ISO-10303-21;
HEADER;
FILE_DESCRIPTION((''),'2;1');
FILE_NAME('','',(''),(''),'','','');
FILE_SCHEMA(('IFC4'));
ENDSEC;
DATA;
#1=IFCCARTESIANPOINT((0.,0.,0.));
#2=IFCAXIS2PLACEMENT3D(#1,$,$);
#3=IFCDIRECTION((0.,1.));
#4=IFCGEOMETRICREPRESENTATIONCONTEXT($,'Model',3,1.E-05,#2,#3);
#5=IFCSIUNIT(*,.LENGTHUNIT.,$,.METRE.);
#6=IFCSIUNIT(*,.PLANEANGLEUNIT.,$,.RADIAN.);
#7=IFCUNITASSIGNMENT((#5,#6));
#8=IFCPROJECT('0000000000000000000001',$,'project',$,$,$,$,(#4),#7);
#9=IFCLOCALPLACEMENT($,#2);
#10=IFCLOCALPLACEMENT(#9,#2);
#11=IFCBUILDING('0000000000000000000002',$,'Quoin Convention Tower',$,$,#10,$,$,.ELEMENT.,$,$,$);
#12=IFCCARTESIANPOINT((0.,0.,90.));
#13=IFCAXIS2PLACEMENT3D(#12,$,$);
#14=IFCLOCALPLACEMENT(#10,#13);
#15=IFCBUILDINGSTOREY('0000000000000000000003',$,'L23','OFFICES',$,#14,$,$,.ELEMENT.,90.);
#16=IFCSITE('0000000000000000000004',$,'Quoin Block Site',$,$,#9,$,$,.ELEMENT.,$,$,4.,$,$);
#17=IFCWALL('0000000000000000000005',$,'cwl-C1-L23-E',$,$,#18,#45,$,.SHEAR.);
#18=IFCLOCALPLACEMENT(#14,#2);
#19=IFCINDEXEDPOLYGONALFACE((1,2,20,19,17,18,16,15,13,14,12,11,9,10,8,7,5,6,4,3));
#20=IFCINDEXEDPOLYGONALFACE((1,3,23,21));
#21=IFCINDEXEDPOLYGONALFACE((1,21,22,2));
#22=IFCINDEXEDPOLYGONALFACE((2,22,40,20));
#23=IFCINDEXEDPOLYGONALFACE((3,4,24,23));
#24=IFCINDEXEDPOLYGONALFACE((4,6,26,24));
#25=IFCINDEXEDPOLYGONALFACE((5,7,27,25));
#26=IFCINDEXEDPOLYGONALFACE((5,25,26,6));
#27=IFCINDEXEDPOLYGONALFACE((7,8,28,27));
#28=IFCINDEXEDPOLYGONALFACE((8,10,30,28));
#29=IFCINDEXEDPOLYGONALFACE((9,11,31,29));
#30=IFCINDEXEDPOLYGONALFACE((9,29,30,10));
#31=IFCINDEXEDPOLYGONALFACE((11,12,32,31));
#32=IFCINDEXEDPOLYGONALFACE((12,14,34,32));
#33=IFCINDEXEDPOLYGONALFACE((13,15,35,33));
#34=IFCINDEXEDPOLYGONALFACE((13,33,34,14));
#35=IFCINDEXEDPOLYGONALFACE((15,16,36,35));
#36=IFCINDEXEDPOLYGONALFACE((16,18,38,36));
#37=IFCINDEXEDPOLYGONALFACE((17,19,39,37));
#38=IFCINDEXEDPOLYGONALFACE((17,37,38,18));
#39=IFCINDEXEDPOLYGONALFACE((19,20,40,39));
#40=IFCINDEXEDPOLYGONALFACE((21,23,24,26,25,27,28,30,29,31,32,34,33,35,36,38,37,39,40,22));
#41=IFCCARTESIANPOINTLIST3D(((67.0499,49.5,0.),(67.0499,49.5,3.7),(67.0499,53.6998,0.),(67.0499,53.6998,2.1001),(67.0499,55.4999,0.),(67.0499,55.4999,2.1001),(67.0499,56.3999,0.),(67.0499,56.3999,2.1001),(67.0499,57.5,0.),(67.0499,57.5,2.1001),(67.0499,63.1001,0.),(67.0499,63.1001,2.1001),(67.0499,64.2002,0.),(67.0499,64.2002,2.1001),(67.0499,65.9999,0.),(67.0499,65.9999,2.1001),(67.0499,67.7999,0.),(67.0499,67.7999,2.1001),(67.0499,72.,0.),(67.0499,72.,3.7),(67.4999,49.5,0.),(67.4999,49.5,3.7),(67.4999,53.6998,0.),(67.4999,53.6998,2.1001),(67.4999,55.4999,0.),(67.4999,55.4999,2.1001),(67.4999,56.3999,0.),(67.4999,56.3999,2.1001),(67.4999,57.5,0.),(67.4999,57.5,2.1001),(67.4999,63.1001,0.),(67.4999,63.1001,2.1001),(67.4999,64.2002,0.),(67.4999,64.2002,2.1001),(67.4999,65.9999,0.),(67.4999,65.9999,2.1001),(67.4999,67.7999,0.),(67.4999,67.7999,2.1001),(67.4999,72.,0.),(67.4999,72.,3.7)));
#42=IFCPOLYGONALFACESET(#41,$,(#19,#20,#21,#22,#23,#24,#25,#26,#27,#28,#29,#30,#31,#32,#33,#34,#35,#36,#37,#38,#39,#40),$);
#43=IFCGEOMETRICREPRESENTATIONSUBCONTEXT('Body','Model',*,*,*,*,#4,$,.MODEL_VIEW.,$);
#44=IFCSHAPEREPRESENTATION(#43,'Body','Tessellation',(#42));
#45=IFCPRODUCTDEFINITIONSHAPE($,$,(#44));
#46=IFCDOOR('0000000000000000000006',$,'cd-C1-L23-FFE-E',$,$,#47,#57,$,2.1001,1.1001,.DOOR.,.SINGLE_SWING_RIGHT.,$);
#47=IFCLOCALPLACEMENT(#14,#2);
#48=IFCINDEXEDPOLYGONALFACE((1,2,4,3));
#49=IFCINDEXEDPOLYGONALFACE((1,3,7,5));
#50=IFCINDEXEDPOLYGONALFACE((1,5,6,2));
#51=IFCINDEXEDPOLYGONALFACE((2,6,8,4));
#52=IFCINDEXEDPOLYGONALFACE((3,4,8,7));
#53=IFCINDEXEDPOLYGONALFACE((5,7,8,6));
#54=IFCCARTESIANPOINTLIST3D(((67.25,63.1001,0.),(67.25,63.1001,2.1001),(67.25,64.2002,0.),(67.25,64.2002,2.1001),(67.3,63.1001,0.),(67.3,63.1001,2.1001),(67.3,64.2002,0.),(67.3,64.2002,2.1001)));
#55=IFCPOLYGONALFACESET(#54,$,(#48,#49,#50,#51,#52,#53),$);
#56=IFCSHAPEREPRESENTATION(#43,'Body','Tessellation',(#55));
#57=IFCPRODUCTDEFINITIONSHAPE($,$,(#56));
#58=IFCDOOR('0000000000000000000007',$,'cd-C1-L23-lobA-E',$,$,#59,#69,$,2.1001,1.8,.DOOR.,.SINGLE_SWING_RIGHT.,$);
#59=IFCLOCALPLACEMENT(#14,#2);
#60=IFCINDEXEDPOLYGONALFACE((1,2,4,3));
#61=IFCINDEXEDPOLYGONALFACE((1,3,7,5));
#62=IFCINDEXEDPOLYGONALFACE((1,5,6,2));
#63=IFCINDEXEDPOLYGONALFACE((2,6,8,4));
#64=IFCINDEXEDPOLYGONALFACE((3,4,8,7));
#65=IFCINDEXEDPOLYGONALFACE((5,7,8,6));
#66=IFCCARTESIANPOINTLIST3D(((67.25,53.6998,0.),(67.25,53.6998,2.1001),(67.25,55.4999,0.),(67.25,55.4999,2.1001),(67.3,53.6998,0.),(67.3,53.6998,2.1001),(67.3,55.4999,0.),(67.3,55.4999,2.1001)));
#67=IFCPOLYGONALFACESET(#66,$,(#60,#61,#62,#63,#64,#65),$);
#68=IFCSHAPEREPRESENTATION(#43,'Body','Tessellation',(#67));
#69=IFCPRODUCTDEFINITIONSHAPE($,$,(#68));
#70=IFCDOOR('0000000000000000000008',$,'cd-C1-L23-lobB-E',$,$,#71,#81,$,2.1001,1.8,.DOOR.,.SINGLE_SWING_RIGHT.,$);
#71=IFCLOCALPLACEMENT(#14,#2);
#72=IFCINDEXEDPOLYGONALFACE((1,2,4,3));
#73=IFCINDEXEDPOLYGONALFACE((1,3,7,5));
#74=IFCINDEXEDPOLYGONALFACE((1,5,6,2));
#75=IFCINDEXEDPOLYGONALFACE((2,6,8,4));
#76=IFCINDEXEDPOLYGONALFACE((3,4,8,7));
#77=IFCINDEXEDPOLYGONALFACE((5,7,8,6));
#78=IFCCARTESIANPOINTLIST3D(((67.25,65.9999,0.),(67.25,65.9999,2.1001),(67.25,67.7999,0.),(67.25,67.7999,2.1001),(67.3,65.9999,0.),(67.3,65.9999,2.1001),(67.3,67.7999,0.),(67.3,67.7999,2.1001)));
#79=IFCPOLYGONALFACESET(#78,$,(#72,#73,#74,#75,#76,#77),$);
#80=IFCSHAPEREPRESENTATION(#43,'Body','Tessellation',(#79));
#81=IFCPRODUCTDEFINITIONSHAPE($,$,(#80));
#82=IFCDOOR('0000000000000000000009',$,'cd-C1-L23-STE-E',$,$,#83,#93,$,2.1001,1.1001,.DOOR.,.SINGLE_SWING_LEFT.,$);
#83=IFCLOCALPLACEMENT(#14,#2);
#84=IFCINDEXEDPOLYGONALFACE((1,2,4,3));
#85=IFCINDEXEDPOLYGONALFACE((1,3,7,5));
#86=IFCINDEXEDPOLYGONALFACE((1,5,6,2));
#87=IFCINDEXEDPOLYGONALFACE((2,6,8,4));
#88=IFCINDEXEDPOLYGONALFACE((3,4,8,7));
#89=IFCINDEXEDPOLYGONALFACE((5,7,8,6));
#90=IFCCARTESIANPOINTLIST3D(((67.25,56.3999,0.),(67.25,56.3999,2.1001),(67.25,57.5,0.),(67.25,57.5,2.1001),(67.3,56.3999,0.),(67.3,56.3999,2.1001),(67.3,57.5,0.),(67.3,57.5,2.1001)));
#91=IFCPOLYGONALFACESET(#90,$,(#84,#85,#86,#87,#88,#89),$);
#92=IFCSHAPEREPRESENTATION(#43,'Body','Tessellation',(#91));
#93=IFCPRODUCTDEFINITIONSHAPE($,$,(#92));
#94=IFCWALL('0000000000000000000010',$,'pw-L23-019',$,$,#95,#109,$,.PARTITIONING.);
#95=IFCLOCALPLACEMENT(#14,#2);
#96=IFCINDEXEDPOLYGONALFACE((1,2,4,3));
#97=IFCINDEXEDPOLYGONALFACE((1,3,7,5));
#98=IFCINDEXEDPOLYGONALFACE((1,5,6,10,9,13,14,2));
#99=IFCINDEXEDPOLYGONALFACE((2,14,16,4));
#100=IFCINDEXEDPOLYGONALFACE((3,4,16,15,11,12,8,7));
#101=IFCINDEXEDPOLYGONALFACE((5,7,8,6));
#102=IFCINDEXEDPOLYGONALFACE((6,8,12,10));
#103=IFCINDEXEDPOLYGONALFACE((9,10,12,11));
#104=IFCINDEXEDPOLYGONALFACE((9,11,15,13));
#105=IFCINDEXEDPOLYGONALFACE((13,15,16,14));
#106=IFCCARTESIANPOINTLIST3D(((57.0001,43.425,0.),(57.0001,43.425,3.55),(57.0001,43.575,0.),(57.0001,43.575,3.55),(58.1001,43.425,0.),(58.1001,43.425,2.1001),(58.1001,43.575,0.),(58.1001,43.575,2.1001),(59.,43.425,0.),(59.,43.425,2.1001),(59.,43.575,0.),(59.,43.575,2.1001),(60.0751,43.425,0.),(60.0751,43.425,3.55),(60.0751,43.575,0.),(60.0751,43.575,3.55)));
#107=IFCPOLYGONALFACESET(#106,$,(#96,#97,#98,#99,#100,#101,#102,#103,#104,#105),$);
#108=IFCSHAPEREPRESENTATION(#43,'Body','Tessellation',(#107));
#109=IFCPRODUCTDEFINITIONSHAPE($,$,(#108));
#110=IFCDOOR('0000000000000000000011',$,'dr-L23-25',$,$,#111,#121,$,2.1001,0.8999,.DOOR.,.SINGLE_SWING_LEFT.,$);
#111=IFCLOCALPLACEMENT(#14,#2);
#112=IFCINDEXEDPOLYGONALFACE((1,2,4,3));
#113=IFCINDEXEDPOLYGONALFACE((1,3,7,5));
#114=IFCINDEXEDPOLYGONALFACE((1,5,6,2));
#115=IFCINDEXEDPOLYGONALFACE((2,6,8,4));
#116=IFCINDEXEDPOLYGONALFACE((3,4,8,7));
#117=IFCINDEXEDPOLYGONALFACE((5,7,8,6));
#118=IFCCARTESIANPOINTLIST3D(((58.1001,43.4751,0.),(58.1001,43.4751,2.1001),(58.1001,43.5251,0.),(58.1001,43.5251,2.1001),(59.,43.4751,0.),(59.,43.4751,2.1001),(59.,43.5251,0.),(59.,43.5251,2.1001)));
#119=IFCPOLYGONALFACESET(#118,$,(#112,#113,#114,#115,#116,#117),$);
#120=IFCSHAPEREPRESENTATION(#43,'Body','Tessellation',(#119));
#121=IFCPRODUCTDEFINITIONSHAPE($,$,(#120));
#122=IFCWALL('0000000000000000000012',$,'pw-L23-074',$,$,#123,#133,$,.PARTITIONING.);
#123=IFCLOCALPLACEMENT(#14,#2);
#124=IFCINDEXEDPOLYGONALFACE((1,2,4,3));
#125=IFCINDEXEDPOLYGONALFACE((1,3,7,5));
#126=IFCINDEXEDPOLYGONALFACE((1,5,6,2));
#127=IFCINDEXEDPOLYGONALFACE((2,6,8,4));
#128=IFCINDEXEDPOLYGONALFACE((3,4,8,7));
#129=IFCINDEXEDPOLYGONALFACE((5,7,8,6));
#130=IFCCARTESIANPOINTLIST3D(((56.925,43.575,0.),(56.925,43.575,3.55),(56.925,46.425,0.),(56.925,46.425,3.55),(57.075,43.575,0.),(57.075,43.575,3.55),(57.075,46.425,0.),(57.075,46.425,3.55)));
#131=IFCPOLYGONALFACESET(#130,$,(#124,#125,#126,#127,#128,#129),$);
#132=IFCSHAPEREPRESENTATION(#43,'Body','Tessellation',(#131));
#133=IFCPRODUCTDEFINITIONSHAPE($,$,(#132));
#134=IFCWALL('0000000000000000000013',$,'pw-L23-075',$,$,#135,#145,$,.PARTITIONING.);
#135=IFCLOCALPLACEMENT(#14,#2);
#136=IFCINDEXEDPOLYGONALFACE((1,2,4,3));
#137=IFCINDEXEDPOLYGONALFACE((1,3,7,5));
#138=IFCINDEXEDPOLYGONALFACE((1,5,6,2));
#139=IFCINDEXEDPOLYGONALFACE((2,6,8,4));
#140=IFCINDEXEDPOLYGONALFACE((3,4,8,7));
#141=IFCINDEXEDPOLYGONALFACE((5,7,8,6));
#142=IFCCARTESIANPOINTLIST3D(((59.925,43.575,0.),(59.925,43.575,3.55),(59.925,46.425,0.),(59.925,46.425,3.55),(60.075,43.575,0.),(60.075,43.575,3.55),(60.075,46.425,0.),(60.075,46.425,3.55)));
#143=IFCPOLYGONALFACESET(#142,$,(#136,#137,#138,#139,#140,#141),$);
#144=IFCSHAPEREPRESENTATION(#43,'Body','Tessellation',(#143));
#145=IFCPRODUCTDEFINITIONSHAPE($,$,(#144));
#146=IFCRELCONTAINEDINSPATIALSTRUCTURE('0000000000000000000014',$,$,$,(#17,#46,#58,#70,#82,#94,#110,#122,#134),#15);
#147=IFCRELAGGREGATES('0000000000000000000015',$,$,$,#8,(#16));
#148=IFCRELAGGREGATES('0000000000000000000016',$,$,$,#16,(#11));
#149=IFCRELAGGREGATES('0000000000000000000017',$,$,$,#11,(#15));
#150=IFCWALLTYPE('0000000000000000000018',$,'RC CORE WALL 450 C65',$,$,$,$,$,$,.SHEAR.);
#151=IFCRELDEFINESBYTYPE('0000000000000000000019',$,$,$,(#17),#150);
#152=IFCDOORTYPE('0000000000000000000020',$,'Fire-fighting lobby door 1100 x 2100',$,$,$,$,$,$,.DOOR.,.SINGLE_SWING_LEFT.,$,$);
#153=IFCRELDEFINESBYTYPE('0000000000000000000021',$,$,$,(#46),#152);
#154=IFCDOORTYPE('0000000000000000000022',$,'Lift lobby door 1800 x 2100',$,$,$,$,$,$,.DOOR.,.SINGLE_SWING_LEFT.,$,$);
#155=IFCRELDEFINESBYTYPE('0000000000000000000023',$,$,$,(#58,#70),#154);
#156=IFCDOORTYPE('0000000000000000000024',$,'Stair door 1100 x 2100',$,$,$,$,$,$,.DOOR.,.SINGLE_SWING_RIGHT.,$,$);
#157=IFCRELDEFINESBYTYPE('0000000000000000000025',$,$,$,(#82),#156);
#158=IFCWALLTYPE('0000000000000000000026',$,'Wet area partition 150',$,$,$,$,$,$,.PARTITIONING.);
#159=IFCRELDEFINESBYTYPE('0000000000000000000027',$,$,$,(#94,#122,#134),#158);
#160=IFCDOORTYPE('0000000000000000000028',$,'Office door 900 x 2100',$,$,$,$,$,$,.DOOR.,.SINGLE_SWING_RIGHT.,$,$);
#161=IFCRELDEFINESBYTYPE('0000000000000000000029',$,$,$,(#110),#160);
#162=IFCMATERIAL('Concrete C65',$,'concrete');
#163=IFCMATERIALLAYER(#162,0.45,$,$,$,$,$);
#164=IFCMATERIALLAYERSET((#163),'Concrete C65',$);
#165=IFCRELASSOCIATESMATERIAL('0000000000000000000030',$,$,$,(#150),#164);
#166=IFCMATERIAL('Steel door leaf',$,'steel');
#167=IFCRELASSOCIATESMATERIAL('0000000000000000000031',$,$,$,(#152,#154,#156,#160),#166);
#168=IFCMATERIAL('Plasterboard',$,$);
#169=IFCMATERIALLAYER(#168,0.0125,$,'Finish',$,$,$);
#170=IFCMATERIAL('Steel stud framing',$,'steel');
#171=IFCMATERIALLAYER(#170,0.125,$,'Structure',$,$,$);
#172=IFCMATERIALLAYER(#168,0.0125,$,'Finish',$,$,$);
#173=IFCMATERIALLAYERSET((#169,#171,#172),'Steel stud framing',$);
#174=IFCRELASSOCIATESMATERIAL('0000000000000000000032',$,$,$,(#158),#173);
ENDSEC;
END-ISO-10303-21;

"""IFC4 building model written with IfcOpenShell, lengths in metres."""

from ifc_helpers import new_model, si_unit, direction, frame, frame_2d, origin, place, context, subcontext, project, spatial, rectangle, extrude, material, layer, layer_set, type_object, element, fill, save


model = new_model("IFC4")

# Units and contexts
model_context = context("Model", 3, precision=1e-05, world=origin(), true_north=direction((0.0, 1.0)))
body_context = subcontext(model_context, "Body", "Model", "MODEL_VIEW")
ifc_project = project(units=[si_unit("LENGTHUNIT", "METRE"), si_unit("PLANEANGLEUNIT", "RADIAN")], contexts=[model_context])

# Site, building, storey
site_placement = place(None, origin())
site = spatial("IfcSite", under=ifc_project, at=site_placement, Name="Quoin Block Site", CompositionType="ELEMENT", RefElevation=4.0)
building_placement = place(site_placement, origin())
building = spatial("IfcBuilding", under=site, at=building_placement, Name="Quoin Convention Tower", CompositionType="ELEMENT")
storey_placement = place(building_placement, frame((0.0, 0.0, 90.0)))
storey = spatial("IfcBuildingStorey", under=building, at=storey_placement, Name="L23", Description="OFFICES", CompositionType="ELEMENT", Elevation=90.0)

# Shared definitions
ifc_material_1 = material(Name="Plasterboard")
ifc_material_2 = material(Name="Steel stud framing", Category="steel")

# Wall, openings, doors
ifc_material_3 = material(Name="Concrete C65", Category="concrete")
ifc_layer_1 = layer(ifc_material_3, 0.45)
ifc_layer_set_1 = layer_set([ifc_layer_1], Name="Concrete C65")
wall_type_1 = type_object("IfcWallType", Name="RC CORE WALL 450 C65", PredefinedType="SHEAR", material=ifc_layer_set_1)
wall_1_placement = place(storey_placement, frame((67.2749, 49.5, 0.0), z_axis=(0.0, 0.0, 1.0), x_axis=(0.0, 1.0, 0.0)))
wall_1 = element("IfcWall", 1, at=wall_1_placement, inside=storey, type_object=wall_type_1, Name="cwl-C1-L23-E", PredefinedType="SHEAR", context=body_context, shape_type="SweptSolid", body=[
    extrude(rectangle(XDim=22.5, YDim=0.45, at=frame_2d((11.25, 0.0))), origin(), (0.0, 0.0, 1.0), 3.7),
])
opening_1_placement = place(wall_1_placement, frame((4.2, 0.0, 0.0)))
opening_1 = element("IfcOpeningElement", 2, at=opening_1_placement, cuts=wall_1, PredefinedType="OPENING", context=body_context, shape_type="SweptSolid", body=[
    extrude(rectangle(XDim=1.8, YDim=2.1001, at=frame_2d((0.8999, 1.05))), frame((0.0, 0.2349, 0.0), z_axis=(0.0, -1.0, 0.0), x_axis=(1.0, 0.0, 0.0)), (0.0, 0.0, 1.0), 0.47),
])
opening_2_placement = place(wall_1_placement, frame((6.8999, 0.0, 0.0)))
opening_2 = element("IfcOpeningElement", 3, at=opening_2_placement, cuts=wall_1, PredefinedType="OPENING", context=body_context, shape_type="SweptSolid", body=[
    extrude(rectangle(XDim=1.1001, YDim=2.1001, at=frame_2d((0.55, 1.05))), frame((0.0, 0.2349, 0.0), z_axis=(0.0, -1.0, 0.0), x_axis=(1.0, 0.0, 0.0)), (0.0, 0.0, 1.0), 0.47),
])
opening_3_placement = place(wall_1_placement, frame((13.6001, 0.0, 0.0)))
opening_3 = element("IfcOpeningElement", 4, at=opening_3_placement, cuts=wall_1, PredefinedType="OPENING", context=body_context, shape_type="SweptSolid", body=[
    extrude(rectangle(XDim=1.1001, YDim=2.1001, at=frame_2d((0.55, 1.05))), frame((0.0, 0.2349, 0.0), z_axis=(0.0, -1.0, 0.0), x_axis=(1.0, 0.0, 0.0)), (0.0, 0.0, 1.0), 0.47),
])
opening_4_placement = place(wall_1_placement, frame((16.5, 0.0, 0.0)))
opening_4 = element("IfcOpeningElement", 5, at=opening_4_placement, cuts=wall_1, PredefinedType="OPENING", context=body_context, shape_type="SweptSolid", body=[
    extrude(rectangle(XDim=1.8, YDim=2.1001, at=frame_2d((0.8999, 1.05))), frame((0.0, 0.2349, 0.0), z_axis=(0.0, -1.0, 0.0), x_axis=(1.0, 0.0, 0.0)), (0.0, 0.0, 1.0), 0.47),
])
ifc_material_4 = material(Name="Steel door leaf", Category="steel")
door_type_1 = type_object("IfcDoorType", Name="Fire-fighting lobby door 1100 x 2100", OperationType="SINGLE_SWING_LEFT", PredefinedType="DOOR", material=ifc_material_4)
door_1_placement = place(opening_3_placement, origin())
door_1 = element("IfcDoor", 6, at=door_1_placement, inside=storey, type_object=door_type_1, Name="cd-C1-L23-FFE-E", OperationType="SINGLE_SWING_RIGHT", OverallHeight=2.1001, OverallWidth=1.1001, PredefinedType="DOOR", context=body_context, shape_type="SweptSolid", body=[
    extrude(rectangle(XDim=1.1001, YDim=2.1001, at=frame_2d((0.55, 1.05))), frame((0.0, 0.0249, 0.0), z_axis=(0.0, -1.0, 0.0), x_axis=(1.0, 0.0, 0.0)), (0.0, 0.0, 1.0), 0.05),
])
fill(opening_3, door_1)
door_type_2 = type_object("IfcDoorType", Name="Lift lobby door 1800 x 2100", OperationType="SINGLE_SWING_LEFT", PredefinedType="DOOR", material=ifc_material_4)
door_2_placement = place(opening_1_placement, origin())
door_2 = element("IfcDoor", 7, at=door_2_placement, inside=storey, type_object=door_type_2, Name="cd-C1-L23-lobA-E", OperationType="SINGLE_SWING_RIGHT", OverallHeight=2.1001, OverallWidth=1.8, PredefinedType="DOOR", context=body_context, shape_type="SweptSolid", body=[
    extrude(rectangle(XDim=1.8, YDim=2.1001, at=frame_2d((0.8999, 1.05))), frame((0.0, 0.0249, 0.0), z_axis=(0.0, -1.0, 0.0), x_axis=(1.0, 0.0, 0.0)), (0.0, 0.0, 1.0), 0.05),
])
fill(opening_1, door_2)
door_3_placement = place(opening_4_placement, origin())
door_3 = element("IfcDoor", 8, at=door_3_placement, inside=storey, type_object=door_type_2, Name="cd-C1-L23-lobB-E", OperationType="SINGLE_SWING_RIGHT", OverallHeight=2.1001, OverallWidth=1.8, PredefinedType="DOOR", context=body_context, shape_type="SweptSolid", body=[
    extrude(rectangle(XDim=1.8, YDim=2.1001, at=frame_2d((0.8999, 1.05))), frame((0.0, 0.0249, 0.0), z_axis=(0.0, -1.0, 0.0), x_axis=(1.0, 0.0, 0.0)), (0.0, 0.0, 1.0), 0.05),
])
fill(opening_4, door_3)
door_type_3 = type_object("IfcDoorType", Name="Stair door 1100 x 2100", OperationType="SINGLE_SWING_RIGHT", PredefinedType="DOOR", material=ifc_material_4)
door_4_placement = place(opening_2_placement, origin())
door_4 = element("IfcDoor", 9, at=door_4_placement, inside=storey, type_object=door_type_3, Name="cd-C1-L23-STE-E", OperationType="SINGLE_SWING_LEFT", OverallHeight=2.1001, OverallWidth=1.1001, PredefinedType="DOOR", context=body_context, shape_type="SweptSolid", body=[
    extrude(rectangle(XDim=1.1001, YDim=2.1001, at=frame_2d((0.55, 1.05))), frame((0.0, 0.0249, 0.0), z_axis=(0.0, -1.0, 0.0), x_axis=(1.0, 0.0, 0.0)), (0.0, 0.0, 1.0), 0.05),
])
fill(opening_2, door_4)

# Wall, opening, door
ifc_layer_2 = layer(ifc_material_1, 0.0125, Name="Finish")
ifc_layer_3 = layer(ifc_material_2, 0.125, Name="Structure")
ifc_layer_4 = layer(ifc_material_1, 0.0125, Name="Finish")
ifc_layer_set_2 = layer_set([ifc_layer_2, ifc_layer_3, ifc_layer_4], Name="Steel stud framing")
wall_type_2 = type_object("IfcWallType", Name="Wet area partition 150", PredefinedType="PARTITIONING", material=ifc_layer_set_2)
wall_2_placement = place(storey_placement, frame((57.0, 43.5, 0.0), z_axis=(0.0, 0.0, 1.0), x_axis=(1.0, 0.0, 0.0)))
wall_2 = element("IfcWall", 10, at=wall_2_placement, inside=storey, type_object=wall_type_2, Name="pw-L23-019", PredefinedType="PARTITIONING", context=body_context, shape_type="SweptSolid", body=[
    extrude(rectangle(XDim=3.075, YDim=0.1499, at=frame_2d((1.5376, 0.0))), origin(), (0.0, 0.0, 1.0), 3.55),
])
opening_5_placement = place(wall_2_placement, frame((1.1001, 0.0, 0.0)))
opening_5 = element("IfcOpeningElement", 11, at=opening_5_placement, cuts=wall_2, PredefinedType="OPENING", context=body_context, shape_type="SweptSolid", body=[
    extrude(rectangle(XDim=0.8999, YDim=2.1001, at=frame_2d((0.45, 1.05))), frame((0.0, 0.085, 0.0), z_axis=(0.0, -1.0, 0.0), x_axis=(1.0, 0.0, 0.0)), (0.0, 0.0, 1.0), 0.1699),
])
door_type_4 = type_object("IfcDoorType", Name="Office door 900 x 2100", OperationType="SINGLE_SWING_RIGHT", PredefinedType="DOOR", material=ifc_material_4)
door_5_placement = place(opening_5_placement, frame((0.8999, 0.0, 0.0), z_axis=(0.0, 0.0, 1.0), x_axis=(-1.0, 0.0, 0.0)))
door_5 = element("IfcDoor", 12, at=door_5_placement, inside=storey, type_object=door_type_4, Name="dr-L23-25", OperationType="SINGLE_SWING_LEFT", OverallHeight=2.1001, OverallWidth=0.8999, PredefinedType="DOOR", context=body_context, shape_type="SweptSolid", body=[
    extrude(rectangle(XDim=0.8999, YDim=2.1001, at=frame_2d((0.45, 1.05))), frame((0.0, 0.0249, 0.0), z_axis=(0.0, -1.0, 0.0), x_axis=(1.0, 0.0, 0.0)), (0.0, 0.0, 1.0), 0.05),
])
fill(opening_5, door_5)

# Walls
for number, where, z_axis, x_axis, name in (
    (13, (57.0, 43.575, 0.0), (0.0, 0.0, 1.0), (0.0, 1.0, 0.0), "pw-L23-074"),
    (14, (60.0, 43.575, 0.0), (0.0, 0.0, 1.0), (0.0, 1.0, 0.0), "pw-L23-075"),
):
    element("IfcWall", number, at=place(storey_placement, frame(where, z_axis=z_axis, x_axis=x_axis)), inside=storey, type_object=wall_type_2, Name=name, PredefinedType="PARTITIONING", context=body_context, shape_type="SweptSolid", body=[
        extrude(rectangle(XDim=2.8501, YDim=0.1499, at=frame_2d((1.425, 0.0))), origin(), (0.0, 0.0, 1.0), 3.55),
    ])

save(model, "model.ifc")
